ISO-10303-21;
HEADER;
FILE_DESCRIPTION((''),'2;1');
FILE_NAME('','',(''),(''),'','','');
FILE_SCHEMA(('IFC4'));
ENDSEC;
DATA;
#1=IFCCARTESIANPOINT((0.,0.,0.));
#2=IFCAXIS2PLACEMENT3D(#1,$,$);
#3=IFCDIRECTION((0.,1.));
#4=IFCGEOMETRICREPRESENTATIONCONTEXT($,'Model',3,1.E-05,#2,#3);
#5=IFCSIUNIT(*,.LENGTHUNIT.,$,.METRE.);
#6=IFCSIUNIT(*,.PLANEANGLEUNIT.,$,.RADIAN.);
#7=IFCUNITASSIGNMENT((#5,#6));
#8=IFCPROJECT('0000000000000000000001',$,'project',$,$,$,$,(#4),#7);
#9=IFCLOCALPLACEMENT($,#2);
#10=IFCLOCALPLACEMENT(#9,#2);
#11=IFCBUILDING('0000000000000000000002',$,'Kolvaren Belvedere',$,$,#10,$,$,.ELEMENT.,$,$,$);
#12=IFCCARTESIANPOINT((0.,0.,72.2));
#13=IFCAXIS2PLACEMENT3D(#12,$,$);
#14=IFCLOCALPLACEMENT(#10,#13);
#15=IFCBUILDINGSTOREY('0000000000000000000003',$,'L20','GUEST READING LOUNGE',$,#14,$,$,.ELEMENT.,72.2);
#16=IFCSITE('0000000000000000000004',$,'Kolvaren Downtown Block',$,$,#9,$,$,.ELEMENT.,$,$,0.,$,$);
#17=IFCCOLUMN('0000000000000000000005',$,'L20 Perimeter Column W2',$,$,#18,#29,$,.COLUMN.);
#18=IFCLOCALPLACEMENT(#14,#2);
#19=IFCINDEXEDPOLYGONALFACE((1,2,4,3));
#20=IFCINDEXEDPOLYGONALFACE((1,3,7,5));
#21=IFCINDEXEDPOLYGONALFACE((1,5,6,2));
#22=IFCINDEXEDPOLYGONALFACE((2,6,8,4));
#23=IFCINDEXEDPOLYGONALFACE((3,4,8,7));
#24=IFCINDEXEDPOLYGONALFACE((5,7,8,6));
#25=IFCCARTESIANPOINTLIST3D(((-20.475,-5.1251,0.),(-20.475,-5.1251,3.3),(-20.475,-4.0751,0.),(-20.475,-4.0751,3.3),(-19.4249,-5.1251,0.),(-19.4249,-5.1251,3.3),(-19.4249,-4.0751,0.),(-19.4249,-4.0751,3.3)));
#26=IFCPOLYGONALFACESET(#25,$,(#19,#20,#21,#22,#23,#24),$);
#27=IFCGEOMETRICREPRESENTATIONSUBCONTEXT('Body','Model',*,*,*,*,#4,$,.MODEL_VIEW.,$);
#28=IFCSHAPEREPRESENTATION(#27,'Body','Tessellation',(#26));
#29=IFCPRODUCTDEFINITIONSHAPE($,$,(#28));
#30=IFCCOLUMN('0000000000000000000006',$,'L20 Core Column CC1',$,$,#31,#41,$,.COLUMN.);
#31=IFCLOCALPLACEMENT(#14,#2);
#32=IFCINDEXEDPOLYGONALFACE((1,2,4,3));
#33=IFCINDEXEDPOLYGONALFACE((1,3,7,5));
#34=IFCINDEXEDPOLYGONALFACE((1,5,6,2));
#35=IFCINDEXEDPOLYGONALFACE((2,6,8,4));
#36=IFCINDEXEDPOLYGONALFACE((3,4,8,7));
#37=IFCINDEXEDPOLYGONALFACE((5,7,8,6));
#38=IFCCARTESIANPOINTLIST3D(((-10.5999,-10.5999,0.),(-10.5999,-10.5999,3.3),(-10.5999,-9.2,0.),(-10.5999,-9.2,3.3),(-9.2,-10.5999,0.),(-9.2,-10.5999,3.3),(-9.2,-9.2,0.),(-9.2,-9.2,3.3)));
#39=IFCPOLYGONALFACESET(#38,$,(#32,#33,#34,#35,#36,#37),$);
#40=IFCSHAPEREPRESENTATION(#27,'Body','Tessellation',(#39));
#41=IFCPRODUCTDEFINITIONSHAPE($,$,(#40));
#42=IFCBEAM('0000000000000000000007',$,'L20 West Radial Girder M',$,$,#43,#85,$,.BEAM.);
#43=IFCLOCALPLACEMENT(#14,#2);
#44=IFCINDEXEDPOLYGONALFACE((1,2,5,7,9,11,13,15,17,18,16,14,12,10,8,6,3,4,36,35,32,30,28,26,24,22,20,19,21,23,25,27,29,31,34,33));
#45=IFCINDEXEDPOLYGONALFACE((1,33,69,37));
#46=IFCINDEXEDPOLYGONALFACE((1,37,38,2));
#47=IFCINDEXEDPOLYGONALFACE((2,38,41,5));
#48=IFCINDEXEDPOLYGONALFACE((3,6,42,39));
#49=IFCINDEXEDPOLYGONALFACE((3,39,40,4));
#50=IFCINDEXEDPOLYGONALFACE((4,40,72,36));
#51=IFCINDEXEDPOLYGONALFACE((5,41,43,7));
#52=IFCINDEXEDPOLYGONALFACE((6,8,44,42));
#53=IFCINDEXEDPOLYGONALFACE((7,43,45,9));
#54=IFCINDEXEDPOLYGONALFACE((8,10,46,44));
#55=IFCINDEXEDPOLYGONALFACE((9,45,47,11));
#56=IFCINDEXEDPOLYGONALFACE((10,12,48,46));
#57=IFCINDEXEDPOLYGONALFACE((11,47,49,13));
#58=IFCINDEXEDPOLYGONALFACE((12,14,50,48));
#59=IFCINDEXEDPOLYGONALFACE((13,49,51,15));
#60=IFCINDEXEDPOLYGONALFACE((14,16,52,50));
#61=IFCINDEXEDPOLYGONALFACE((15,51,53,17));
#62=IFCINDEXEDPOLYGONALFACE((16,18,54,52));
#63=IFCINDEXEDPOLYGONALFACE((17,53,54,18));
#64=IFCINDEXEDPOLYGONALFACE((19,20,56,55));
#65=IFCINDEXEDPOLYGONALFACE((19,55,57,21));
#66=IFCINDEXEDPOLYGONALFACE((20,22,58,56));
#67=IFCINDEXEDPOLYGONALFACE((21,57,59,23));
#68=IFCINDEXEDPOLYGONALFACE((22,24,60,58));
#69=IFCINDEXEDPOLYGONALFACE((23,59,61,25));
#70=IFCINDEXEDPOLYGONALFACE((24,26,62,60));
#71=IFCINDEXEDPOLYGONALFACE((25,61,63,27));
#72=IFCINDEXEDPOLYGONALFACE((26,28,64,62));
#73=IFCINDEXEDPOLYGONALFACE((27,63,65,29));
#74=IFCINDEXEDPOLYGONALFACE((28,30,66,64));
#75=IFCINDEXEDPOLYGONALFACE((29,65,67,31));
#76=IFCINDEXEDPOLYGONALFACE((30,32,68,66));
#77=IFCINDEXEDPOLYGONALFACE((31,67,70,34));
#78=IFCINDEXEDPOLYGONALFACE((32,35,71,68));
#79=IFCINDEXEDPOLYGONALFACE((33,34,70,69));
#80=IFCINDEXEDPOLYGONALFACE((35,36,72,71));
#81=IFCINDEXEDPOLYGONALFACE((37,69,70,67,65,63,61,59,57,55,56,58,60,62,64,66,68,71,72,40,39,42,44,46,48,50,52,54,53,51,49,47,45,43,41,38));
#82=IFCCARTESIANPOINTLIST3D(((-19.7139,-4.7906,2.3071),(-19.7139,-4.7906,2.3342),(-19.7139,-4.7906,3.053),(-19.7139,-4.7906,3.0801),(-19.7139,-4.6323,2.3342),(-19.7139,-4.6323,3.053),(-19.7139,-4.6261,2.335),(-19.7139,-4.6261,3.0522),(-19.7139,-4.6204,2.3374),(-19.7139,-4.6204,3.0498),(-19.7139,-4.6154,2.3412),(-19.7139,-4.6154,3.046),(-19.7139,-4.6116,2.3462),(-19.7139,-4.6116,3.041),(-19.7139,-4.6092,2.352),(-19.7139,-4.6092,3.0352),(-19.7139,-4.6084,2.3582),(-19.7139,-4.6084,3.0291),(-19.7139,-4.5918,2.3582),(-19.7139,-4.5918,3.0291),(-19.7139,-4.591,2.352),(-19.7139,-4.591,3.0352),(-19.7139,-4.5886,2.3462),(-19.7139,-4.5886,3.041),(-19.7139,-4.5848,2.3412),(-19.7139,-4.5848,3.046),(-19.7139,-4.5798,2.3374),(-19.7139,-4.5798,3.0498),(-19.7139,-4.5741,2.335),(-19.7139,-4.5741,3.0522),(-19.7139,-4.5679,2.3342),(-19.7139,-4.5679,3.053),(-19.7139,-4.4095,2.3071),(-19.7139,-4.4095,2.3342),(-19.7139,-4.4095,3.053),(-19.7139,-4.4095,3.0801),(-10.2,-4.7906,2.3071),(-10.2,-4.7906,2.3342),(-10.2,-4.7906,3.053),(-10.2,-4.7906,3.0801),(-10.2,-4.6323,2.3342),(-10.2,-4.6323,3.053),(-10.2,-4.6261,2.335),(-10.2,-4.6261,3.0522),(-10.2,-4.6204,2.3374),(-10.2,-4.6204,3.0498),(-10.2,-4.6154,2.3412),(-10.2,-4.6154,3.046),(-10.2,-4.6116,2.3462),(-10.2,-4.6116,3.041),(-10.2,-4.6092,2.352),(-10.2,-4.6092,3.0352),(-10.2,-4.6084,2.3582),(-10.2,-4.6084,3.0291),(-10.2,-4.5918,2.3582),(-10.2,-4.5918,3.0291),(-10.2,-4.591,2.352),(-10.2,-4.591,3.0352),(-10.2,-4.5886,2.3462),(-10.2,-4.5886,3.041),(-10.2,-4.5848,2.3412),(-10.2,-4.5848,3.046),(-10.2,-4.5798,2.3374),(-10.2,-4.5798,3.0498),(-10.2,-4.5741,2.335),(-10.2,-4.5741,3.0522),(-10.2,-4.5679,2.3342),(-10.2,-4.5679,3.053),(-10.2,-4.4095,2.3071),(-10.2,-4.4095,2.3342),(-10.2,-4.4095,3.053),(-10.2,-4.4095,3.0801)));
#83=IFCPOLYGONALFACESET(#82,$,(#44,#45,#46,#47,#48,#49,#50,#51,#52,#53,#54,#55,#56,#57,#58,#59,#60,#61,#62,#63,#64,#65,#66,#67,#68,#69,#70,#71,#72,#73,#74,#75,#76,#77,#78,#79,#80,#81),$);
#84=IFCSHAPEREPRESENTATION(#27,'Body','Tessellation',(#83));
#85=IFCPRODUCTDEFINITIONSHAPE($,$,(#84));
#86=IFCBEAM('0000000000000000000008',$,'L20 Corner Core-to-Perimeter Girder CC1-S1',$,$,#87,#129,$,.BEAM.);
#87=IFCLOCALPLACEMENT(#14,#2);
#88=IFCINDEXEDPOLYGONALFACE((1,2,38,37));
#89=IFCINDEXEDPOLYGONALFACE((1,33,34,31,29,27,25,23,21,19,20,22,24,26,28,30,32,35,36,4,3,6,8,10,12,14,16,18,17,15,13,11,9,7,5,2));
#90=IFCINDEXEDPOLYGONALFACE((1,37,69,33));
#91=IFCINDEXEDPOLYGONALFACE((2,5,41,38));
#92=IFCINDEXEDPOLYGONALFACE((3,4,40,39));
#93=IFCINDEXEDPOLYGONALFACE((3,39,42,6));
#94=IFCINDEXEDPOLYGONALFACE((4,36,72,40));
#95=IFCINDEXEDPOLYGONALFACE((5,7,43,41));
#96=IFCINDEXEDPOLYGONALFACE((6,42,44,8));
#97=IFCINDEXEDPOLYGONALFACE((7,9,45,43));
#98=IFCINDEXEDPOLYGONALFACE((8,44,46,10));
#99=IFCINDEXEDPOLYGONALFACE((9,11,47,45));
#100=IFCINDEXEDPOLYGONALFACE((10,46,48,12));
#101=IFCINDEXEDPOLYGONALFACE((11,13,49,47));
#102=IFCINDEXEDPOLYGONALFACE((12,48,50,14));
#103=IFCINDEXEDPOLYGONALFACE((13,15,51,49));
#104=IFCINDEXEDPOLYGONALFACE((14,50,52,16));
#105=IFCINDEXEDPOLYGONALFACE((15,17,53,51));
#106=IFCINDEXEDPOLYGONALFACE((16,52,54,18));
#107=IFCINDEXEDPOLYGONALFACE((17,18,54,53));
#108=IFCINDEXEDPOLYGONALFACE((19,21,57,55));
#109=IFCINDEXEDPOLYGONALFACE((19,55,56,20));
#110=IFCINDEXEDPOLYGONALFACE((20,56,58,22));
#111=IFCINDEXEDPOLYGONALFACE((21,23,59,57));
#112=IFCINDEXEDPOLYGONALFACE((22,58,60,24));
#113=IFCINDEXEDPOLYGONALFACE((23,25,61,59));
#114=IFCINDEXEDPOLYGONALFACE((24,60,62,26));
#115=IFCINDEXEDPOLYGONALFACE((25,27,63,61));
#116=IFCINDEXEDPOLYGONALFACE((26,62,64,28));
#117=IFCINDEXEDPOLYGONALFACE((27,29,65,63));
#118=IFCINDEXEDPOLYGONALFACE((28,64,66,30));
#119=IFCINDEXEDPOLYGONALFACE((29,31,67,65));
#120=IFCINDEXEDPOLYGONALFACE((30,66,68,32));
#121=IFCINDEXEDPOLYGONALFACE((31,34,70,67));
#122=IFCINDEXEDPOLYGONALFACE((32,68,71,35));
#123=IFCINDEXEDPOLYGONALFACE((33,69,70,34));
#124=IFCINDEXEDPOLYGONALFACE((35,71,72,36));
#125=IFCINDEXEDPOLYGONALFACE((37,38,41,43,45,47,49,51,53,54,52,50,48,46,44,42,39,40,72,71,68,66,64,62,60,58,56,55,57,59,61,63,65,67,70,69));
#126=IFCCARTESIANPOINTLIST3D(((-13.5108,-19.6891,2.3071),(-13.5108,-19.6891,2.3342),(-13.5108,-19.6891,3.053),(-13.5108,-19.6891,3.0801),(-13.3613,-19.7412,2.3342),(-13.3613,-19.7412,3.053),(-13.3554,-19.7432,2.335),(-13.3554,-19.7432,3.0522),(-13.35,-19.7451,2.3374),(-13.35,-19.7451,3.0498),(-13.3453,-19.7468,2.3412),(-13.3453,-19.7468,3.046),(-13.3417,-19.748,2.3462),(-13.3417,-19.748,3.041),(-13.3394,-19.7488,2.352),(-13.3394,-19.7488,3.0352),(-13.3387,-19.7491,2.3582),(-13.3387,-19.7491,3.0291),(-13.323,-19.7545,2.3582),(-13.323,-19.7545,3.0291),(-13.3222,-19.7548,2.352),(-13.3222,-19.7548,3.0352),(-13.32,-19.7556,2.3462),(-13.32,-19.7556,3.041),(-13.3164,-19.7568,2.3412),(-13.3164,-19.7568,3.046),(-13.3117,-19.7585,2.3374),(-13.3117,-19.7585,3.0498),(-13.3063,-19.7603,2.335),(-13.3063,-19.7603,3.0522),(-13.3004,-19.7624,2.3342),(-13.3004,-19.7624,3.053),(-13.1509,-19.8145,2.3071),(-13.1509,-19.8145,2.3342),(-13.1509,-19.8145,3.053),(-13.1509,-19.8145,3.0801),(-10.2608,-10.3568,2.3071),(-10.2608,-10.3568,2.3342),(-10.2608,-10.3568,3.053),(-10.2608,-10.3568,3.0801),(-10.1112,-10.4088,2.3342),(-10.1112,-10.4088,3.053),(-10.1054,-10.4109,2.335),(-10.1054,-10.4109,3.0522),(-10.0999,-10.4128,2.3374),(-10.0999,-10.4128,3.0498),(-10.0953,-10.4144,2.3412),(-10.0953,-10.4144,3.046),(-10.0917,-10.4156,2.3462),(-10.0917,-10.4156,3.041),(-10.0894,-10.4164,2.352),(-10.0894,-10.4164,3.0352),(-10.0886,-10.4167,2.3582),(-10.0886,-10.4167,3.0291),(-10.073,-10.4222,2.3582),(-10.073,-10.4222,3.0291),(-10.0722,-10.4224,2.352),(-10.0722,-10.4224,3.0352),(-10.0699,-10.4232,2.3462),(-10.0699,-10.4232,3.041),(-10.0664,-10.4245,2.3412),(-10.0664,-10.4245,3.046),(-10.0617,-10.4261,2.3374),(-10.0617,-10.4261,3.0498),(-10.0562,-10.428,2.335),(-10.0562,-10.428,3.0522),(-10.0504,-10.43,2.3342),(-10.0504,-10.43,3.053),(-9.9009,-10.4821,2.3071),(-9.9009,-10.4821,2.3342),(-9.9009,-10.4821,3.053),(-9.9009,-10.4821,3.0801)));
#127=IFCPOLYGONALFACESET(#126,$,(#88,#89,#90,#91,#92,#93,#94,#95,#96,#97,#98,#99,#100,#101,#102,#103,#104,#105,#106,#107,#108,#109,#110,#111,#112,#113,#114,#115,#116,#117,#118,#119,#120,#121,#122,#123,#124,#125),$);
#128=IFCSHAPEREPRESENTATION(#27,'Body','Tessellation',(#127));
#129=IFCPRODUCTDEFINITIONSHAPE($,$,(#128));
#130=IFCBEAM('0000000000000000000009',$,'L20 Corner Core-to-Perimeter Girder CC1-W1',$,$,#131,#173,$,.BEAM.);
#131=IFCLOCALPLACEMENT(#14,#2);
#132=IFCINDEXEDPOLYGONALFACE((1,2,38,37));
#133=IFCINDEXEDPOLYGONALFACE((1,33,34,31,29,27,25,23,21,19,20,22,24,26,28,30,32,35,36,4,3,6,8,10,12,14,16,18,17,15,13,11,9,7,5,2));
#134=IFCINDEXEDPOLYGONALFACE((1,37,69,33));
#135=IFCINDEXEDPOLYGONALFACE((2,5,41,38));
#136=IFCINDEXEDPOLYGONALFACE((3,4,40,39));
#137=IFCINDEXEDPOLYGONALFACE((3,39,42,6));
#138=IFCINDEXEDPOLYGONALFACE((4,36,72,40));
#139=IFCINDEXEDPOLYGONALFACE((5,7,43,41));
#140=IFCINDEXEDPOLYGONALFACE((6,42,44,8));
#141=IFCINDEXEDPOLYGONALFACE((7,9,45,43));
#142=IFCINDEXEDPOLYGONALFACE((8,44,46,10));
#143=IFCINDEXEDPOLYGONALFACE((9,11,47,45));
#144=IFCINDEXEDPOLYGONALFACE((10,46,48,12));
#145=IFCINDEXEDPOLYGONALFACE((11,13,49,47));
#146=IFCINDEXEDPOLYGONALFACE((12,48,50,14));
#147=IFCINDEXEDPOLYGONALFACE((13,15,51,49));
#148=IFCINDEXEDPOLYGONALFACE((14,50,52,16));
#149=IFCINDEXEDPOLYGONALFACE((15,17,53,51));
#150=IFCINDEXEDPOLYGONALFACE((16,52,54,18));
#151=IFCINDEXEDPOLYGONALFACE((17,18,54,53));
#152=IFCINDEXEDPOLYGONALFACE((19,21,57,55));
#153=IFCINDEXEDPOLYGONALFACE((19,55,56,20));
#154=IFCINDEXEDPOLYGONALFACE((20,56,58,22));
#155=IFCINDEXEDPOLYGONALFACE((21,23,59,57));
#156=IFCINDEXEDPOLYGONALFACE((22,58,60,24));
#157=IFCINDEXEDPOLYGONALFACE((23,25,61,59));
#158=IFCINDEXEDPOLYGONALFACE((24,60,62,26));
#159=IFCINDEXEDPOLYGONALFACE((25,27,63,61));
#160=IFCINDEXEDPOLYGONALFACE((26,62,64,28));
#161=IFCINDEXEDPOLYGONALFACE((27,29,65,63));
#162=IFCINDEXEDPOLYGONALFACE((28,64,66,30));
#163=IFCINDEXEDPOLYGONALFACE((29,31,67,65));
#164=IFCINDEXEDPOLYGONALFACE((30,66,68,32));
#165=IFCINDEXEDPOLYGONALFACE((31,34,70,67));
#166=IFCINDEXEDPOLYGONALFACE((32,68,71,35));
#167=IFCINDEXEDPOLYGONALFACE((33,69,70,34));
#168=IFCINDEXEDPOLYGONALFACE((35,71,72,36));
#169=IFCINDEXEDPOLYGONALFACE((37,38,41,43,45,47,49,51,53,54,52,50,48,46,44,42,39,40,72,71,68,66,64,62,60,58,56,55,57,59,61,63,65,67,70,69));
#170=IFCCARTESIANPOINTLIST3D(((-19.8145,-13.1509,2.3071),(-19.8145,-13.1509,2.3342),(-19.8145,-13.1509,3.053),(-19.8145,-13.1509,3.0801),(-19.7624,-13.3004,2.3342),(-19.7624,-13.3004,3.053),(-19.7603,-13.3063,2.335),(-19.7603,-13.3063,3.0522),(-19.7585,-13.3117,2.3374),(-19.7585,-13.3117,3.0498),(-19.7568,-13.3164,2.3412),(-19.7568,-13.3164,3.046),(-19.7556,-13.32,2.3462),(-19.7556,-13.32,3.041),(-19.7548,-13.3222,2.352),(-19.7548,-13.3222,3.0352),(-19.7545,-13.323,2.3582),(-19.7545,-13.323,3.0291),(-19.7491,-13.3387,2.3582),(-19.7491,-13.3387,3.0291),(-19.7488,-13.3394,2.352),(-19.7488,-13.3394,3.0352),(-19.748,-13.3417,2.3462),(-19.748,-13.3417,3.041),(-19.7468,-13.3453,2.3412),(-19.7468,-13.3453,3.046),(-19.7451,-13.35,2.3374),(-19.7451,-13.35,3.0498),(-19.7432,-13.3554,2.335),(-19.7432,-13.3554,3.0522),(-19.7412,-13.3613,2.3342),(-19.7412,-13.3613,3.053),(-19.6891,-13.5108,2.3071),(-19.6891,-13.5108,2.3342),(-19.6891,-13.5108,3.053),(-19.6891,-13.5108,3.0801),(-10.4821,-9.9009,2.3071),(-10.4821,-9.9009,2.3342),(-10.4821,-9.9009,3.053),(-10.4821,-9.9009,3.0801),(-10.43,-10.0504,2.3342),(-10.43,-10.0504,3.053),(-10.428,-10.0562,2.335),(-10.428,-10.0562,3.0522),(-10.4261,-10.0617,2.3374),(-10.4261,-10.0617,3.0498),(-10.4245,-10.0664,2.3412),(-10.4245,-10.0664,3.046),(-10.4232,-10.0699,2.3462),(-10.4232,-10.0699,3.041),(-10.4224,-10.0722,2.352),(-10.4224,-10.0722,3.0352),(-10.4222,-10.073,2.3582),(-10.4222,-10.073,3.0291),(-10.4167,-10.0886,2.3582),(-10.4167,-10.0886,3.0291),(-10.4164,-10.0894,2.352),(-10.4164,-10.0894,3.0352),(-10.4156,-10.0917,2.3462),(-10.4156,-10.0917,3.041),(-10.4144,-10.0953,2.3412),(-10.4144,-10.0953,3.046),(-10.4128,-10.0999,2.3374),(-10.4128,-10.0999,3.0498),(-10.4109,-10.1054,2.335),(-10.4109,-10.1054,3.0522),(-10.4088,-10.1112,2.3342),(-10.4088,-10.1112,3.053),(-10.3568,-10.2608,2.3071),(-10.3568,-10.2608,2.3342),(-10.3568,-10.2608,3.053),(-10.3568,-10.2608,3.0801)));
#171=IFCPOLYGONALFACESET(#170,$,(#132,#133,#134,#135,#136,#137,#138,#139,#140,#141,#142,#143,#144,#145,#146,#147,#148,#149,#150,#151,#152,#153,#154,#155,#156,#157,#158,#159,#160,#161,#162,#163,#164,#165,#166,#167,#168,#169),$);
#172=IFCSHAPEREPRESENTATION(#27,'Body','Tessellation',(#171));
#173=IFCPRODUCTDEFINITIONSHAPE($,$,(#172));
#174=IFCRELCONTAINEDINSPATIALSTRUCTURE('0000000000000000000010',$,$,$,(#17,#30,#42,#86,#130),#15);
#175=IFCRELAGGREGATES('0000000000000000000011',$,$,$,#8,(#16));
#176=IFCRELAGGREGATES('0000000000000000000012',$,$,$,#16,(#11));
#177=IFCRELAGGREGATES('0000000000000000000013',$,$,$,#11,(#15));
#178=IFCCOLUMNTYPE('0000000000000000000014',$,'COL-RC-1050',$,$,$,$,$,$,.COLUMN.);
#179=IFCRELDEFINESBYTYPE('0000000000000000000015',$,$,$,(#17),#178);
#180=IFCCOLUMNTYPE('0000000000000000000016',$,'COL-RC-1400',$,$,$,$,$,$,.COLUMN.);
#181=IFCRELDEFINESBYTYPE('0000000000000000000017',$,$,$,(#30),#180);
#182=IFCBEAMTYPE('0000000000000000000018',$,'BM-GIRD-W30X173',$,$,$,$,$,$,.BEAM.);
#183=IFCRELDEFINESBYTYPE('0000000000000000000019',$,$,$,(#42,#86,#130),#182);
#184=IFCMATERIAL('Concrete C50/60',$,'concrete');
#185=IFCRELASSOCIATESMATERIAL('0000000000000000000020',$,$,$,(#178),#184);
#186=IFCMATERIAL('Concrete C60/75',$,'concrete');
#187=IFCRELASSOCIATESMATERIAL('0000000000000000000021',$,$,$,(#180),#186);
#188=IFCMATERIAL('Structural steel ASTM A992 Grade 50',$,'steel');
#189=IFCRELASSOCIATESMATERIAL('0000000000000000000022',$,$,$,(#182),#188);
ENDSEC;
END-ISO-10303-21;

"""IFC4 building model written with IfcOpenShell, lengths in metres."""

from ifc_helpers import new_model, si_unit, direction, frame, origin, origin_2d, place, context, subcontext, project, spatial, rectangle, i_section, extrude, material, material_profile, profile_set, type_object, element, save


model = new_model("IFC4")

# Units and contexts
model_context = context("Model", 3, precision=1e-05, world=origin(), true_north=direction((0.0, 1.0)))
body_context = subcontext(model_context, "Body", "Model", "MODEL_VIEW")
ifc_project = project(units=[si_unit("LENGTHUNIT", "METRE"), si_unit("PLANEANGLEUNIT", "RADIAN")], contexts=[model_context])

# Site, building, storey
site_placement = place(None, origin())
site = spatial("IfcSite", under=ifc_project, at=site_placement, Name="Kolvaren Downtown Block", CompositionType="ELEMENT", RefElevation=0.0)
building_placement = place(site_placement, origin())
building = spatial("IfcBuilding", under=site, at=building_placement, Name="Kolvaren Belvedere", CompositionType="ELEMENT")
storey_placement = place(building_placement, frame((0.0, 0.0, 72.2)))
storey = spatial("IfcBuildingStorey", under=building, at=storey_placement, Name="L20", Description="GUEST READING LOUNGE", CompositionType="ELEMENT", Elevation=72.2)

# Columns
ifc_material_1 = material(Name="Concrete C50/60", Category="concrete")
ifc_material_profile_1 = material_profile(ifc_material_1, rectangle(XDim=1.05, YDim=1.05, at=origin_2d()), Name="RC 1050X1050")
ifc_profile_set_1 = profile_set([ifc_material_profile_1], Name="Concrete C50/60")
column_type_1 = type_object("IfcColumnType", Name="COL-RC-1050", PredefinedType="COLUMN", material=ifc_profile_set_1)
column_1_placement = place(storey_placement, frame((-19.95, -4.6001, 0.0), z_axis=(0.0, 0.0, 1.0), x_axis=(1.0, 0.0, 0.0)))
element("IfcColumn", 1, at=column_1_placement, inside=storey, type_object=column_type_1, Name="L20 Perimeter Column W2", PredefinedType="COLUMN", context=body_context, shape_type="SweptSolid", body=[
    extrude(rectangle(XDim=1.05, YDim=1.05, at=origin_2d()), origin(), (0.0, 0.0, 1.0), 3.3),
])
ifc_material_2 = material(Name="Concrete C60/75", Category="concrete")
ifc_material_profile_2 = material_profile(ifc_material_2, rectangle(XDim=1.3999, YDim=1.3999, at=origin_2d()), Name="RC 1400X1400")
ifc_profile_set_2 = profile_set([ifc_material_profile_2], Name="Concrete C60/75")
column_type_2 = type_object("IfcColumnType", Name="COL-RC-1400", PredefinedType="COLUMN", material=ifc_profile_set_2)
column_2_placement = place(storey_placement, frame((-9.8999, -9.8999, 0.0), z_axis=(0.0, 0.0, 1.0), x_axis=(1.0, 0.0, 0.0)))
element("IfcColumn", 2, at=column_2_placement, inside=storey, type_object=column_type_2, Name="L20 Core Column CC1", PredefinedType="COLUMN", context=body_context, shape_type="SweptSolid", body=[
    extrude(rectangle(XDim=1.3999, YDim=1.3999, at=origin_2d()), origin(), (0.0, 0.0, 1.0), 3.3),
])

# Beams
ifc_material_3 = material(Name="Structural steel ASTM A992 Grade 50", Category="steel")
ifc_material_profile_3 = material_profile(ifc_material_3, i_section(OverallWidth=0.3811, OverallDepth=0.7729, WebThickness=0.0166, FlangeThickness=0.0271, FilletRadius=0.0239, at=origin_2d()), Name="W30X173")
ifc_profile_set_3 = profile_set([ifc_material_profile_3], Name="Structural steel ASTM A992 Grade 50")
beam_type_1 = type_object("IfcBeamType", Name="BM-GIRD-W30X173", PredefinedType="BEAM", material=ifc_profile_set_3)
beam_1_placement = place(storey_placement, frame((-10.2, -4.6001, 2.6936), z_axis=(-1.0, 0.0, 0.0), x_axis=(0.0, -1.0, 0.0)))
element("IfcBeam", 3, at=beam_1_placement, inside=storey, type_object=beam_type_1, Name="L20 West Radial Girder M", PredefinedType="BEAM", context=body_context, shape_type="SweptSolid", body=[
    extrude(i_section(OverallWidth=0.3811, OverallDepth=0.7729, WebThickness=0.0166, FlangeThickness=0.0271, FilletRadius=0.0239, at=origin_2d()), origin(), (0.0, 0.0, 1.0), 9.5139),
])
for number, where, z_axis, x_axis, name in (
    (4, (-10.0808, -10.4194, 2.6936), (-0.328881, -0.944371, 0.0), (0.944371, -0.328881, 0.0), "L20 Corner Core-to-Perimeter Girder CC1-S1"),
    (5, (-10.4194, -10.0808, 2.6936), (-0.944371, -0.328881, 0.0), (0.328881, -0.944371, 0.0), "L20 Corner Core-to-Perimeter Girder CC1-W1"),
):
    element("IfcBeam", number, at=place(storey_placement, frame(where, z_axis=z_axis, x_axis=x_axis)), inside=storey, type_object=beam_type_1, Name=name, PredefinedType="BEAM", context=body_context, shape_type="SweptSolid", body=[
        extrude(i_section(OverallWidth=0.3811, OverallDepth=0.7729, WebThickness=0.0166, FlangeThickness=0.0271, FilletRadius=0.0239, at=origin_2d()), origin(), (0.0, 0.0, 1.0), 9.8821),
    ])

save(model, "model.ifc")
